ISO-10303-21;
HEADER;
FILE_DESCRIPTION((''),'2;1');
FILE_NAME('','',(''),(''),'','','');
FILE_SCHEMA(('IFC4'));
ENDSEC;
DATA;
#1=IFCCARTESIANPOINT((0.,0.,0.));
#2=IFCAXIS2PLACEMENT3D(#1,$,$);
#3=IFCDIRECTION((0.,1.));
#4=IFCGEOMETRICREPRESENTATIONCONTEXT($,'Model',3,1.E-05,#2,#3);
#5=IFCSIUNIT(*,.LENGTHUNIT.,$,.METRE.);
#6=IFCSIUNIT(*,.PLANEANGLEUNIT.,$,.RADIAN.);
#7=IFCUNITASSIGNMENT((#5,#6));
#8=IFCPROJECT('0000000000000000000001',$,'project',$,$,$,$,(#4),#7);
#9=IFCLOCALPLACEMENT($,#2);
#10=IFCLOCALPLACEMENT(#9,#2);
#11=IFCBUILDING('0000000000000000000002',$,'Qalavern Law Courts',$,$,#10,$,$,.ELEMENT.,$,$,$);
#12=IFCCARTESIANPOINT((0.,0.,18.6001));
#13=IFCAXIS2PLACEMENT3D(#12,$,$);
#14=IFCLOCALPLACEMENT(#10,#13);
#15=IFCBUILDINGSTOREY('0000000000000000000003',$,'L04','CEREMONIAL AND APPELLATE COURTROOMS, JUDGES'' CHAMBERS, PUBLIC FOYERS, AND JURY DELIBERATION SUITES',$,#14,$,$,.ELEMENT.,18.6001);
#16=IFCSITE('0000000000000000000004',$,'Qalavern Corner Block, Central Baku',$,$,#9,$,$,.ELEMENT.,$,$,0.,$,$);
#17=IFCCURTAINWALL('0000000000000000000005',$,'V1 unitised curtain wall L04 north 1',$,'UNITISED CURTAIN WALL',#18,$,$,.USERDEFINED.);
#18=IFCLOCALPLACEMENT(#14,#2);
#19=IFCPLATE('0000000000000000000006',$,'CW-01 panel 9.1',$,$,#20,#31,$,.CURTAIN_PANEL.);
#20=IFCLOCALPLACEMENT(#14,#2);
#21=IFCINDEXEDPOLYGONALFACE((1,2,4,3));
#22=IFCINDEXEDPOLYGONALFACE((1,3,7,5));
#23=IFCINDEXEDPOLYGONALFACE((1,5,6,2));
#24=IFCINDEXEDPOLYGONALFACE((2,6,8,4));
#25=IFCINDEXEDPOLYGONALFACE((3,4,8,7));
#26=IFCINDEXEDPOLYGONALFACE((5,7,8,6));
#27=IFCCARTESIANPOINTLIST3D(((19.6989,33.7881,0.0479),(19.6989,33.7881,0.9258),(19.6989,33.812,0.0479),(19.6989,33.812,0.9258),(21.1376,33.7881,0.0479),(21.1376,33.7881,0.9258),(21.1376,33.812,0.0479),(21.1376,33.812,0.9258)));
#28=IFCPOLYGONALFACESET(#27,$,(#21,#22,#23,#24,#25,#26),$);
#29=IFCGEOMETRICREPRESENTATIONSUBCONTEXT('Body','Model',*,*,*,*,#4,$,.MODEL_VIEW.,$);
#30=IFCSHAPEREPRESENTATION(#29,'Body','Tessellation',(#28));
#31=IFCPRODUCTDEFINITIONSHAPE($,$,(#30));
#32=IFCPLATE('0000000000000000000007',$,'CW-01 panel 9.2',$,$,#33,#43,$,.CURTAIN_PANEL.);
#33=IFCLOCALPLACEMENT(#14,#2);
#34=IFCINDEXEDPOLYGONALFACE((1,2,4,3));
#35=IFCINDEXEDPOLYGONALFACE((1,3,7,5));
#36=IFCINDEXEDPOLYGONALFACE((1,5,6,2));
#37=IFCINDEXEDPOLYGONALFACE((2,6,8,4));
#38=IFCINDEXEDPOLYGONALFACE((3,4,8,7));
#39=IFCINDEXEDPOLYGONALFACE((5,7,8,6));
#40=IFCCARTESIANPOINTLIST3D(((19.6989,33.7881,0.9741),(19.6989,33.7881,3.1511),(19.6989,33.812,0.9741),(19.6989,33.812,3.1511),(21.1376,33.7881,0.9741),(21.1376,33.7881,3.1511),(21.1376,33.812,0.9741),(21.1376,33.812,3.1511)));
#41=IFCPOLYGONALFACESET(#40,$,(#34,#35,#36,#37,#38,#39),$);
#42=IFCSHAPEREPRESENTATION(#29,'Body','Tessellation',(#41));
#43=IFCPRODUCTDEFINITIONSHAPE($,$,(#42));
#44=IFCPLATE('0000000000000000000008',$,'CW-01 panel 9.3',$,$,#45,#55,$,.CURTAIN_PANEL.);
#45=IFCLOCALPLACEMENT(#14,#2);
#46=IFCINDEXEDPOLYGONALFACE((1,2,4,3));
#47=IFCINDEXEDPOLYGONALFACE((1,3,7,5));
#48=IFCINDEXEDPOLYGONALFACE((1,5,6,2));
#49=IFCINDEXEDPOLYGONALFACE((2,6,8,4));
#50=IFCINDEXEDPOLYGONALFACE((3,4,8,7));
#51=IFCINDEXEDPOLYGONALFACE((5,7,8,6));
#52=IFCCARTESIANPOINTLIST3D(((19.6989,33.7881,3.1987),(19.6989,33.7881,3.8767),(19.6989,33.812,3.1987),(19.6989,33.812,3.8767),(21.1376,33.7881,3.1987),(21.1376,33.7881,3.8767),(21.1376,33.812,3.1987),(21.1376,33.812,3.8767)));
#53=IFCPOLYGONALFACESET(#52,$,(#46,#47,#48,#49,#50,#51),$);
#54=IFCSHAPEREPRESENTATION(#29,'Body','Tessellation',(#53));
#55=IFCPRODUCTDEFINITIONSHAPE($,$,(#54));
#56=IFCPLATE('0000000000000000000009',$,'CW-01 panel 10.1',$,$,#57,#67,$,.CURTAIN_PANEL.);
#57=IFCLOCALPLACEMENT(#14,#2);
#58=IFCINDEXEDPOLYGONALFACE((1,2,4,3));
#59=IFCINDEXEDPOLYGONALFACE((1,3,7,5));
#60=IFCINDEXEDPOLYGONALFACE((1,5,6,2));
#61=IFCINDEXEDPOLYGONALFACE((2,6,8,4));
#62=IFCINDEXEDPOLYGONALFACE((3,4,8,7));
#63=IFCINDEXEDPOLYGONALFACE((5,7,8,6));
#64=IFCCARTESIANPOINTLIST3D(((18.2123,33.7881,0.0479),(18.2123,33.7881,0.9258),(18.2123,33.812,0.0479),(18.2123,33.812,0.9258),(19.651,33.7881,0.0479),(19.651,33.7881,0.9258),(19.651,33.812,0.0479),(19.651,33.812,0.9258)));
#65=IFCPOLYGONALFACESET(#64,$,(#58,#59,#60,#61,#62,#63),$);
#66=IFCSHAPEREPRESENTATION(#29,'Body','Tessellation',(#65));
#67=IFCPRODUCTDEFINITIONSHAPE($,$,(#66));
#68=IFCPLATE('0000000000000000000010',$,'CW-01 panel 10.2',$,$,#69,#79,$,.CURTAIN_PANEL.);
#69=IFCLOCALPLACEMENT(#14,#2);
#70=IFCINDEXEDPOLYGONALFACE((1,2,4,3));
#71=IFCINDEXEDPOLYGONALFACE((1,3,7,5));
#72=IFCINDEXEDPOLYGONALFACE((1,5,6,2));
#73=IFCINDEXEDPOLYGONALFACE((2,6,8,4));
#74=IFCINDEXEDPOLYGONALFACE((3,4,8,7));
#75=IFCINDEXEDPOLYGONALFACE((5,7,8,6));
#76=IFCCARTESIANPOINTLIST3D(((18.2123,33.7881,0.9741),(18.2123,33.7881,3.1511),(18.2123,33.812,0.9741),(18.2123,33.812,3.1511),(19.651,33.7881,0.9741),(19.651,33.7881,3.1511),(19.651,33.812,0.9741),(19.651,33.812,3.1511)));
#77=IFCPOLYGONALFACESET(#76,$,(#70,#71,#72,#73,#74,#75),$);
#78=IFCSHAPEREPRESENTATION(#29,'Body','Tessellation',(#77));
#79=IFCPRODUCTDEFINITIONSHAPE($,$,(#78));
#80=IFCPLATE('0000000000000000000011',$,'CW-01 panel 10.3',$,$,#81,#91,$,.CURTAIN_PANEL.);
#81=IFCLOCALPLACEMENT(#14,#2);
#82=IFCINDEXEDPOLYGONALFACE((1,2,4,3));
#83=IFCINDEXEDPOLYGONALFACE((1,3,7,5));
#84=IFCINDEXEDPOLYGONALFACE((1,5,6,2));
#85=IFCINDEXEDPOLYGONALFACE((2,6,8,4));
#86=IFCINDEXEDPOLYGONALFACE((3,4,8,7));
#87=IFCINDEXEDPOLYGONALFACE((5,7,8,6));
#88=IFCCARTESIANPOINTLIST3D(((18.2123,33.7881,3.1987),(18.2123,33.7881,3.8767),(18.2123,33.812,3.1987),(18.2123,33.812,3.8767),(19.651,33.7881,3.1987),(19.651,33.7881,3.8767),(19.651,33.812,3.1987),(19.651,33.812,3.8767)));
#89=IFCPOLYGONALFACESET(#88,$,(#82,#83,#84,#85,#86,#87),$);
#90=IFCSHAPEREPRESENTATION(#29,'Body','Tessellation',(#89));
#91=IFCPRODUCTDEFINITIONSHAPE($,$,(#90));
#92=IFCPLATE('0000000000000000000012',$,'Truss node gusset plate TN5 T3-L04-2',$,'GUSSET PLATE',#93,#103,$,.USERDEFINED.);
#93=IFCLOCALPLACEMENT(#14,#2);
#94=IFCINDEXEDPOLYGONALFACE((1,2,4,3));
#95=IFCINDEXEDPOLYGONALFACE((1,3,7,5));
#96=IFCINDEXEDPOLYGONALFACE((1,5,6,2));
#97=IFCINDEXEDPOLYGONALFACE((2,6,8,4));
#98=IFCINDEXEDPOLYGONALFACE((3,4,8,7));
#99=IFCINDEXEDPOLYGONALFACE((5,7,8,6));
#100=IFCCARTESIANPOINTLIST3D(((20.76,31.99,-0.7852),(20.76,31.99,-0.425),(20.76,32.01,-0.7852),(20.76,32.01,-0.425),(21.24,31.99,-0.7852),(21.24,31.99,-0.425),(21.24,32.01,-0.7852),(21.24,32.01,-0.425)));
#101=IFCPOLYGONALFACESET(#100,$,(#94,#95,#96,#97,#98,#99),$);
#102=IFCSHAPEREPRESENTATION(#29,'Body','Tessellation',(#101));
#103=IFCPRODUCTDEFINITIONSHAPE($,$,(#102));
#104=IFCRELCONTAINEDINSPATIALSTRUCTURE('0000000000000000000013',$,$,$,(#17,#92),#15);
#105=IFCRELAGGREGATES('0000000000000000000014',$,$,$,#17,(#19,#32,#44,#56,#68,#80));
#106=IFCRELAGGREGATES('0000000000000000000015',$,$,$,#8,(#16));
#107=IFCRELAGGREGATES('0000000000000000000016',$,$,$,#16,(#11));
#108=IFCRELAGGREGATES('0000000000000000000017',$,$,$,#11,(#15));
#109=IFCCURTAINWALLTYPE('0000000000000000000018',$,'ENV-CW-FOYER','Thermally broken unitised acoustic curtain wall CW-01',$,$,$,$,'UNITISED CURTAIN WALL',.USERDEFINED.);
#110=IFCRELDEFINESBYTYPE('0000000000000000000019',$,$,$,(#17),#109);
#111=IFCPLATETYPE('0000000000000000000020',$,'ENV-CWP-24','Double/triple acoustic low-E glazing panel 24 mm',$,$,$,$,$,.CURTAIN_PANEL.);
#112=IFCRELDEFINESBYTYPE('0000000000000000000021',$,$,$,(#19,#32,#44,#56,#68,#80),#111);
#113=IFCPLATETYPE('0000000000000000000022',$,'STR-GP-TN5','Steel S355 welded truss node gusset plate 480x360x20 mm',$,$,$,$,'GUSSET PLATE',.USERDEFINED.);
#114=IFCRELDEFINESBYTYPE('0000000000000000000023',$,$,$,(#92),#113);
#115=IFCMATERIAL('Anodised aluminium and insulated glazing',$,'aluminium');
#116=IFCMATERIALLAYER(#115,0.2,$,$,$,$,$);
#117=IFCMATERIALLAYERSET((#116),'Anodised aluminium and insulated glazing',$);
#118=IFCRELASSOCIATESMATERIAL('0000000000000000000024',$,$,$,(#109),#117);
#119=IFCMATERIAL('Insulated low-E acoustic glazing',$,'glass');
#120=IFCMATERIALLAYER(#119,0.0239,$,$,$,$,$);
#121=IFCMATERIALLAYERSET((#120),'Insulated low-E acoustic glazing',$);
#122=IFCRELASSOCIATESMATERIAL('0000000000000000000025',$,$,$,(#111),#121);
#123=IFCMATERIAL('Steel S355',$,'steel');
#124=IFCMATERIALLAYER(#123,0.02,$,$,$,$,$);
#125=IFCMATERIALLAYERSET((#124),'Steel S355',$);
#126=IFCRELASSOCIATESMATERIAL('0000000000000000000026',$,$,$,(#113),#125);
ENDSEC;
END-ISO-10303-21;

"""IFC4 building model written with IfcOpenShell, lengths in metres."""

from ifc_helpers import new_model, si_unit, direction, frame, origin, origin_2d, place, context, subcontext, project, spatial, rectangle, extrude, material, layer, layer_set, type_object, element, aggregate, save


model = new_model("IFC4")

# Units and contexts
model_context = context("Model", 3, precision=1e-05, world=origin(), true_north=direction((0.0, 1.0)))
body_context = subcontext(model_context, "Body", "Model", "MODEL_VIEW")
ifc_project = project(units=[si_unit("LENGTHUNIT", "METRE"), si_unit("PLANEANGLEUNIT", "RADIAN")], contexts=[model_context])

# Site, building, storey
site_placement = place(None, origin())
site = spatial("IfcSite", under=ifc_project, at=site_placement, Name="Qalavern Corner Block, Central Baku", CompositionType="ELEMENT", RefElevation=0.0)
building_placement = place(site_placement, origin())
building = spatial("IfcBuilding", under=site, at=building_placement, Name="Qalavern Law Courts", CompositionType="ELEMENT")
storey_placement = place(building_placement, frame((0.0, 0.0, 18.6001)))
storey = spatial("IfcBuildingStorey", under=building, at=storey_placement, Name="L04", Description="CEREMONIAL AND APPELLATE COURTROOMS, JUDGES' CHAMBERS, PUBLIC FOYERS, AND JURY DELIBERATION SUITES", CompositionType="ELEMENT", Elevation=18.6001)

# Curtain wall
ifc_material_1 = material(Name="Anodised aluminium and insulated glazing", Category="aluminium")
ifc_layer_1 = layer(ifc_material_1, 0.2)
ifc_layer_set_1 = layer_set([ifc_layer_1], Name="Anodised aluminium and insulated glazing")
curtain_wall_type = type_object("IfcCurtainWallType", Name="ENV-CW-FOYER", Description="Thermally broken unitised acoustic curtain wall CW-01", ElementType="UNITISED CURTAIN WALL", PredefinedType="USERDEFINED", material=ifc_layer_set_1)
curtain_wall_placement = place(storey_placement, origin())
curtain_wall = element("IfcCurtainWall", 1, at=curtain_wall_placement, inside=storey, type_object=curtain_wall_type, Name="V1 unitised curtain wall L04 north 1", ObjectType="UNITISED CURTAIN WALL", PredefinedType="USERDEFINED")

# Shared definitions
ifc_material_2 = material(Name="Steel S355", Category="steel")

# Plates
ifc_material_3 = material(Name="Insulated low-E acoustic glazing", Category="glass")
ifc_layer_2 = layer(ifc_material_3, 0.0239)
ifc_layer_set_2 = layer_set([ifc_layer_2], Name="Insulated low-E acoustic glazing")
plate_type_1 = type_object("IfcPlateType", Name="ENV-CWP-24", Description="Double/triple acoustic low-E glazing panel 24 mm", PredefinedType="CURTAIN_PANEL", material=ifc_layer_set_2)
plate_1_placement = place(storey_placement, frame((20.4182, 33.8, 0.0479), z_axis=(0.0, 0.0, 1.0), x_axis=(-1.0, 0.0, 0.0)))
plate_1 = element("IfcPlate", 2, at=plate_1_placement, type_object=plate_type_1, Name="CW-01 panel 9.1", PredefinedType="CURTAIN_PANEL", context=body_context, shape_type="SweptSolid", body=[
    extrude(rectangle(XDim=1.4387, YDim=0.0239, at=origin_2d()), origin(), (0.0, 0.0, 1.0), 0.8779),
])
plate_2_placement = place(storey_placement, frame((20.4182, 33.8, 0.9741), z_axis=(0.0, 0.0, 1.0), x_axis=(-1.0, 0.0, 0.0)))
plate_2 = element("IfcPlate", 3, at=plate_2_placement, type_object=plate_type_1, Name="CW-01 panel 9.2", PredefinedType="CURTAIN_PANEL", context=body_context, shape_type="SweptSolid", body=[
    extrude(rectangle(XDim=1.4387, YDim=0.0239, at=origin_2d()), origin(), (0.0, 0.0, 1.0), 2.177),
])
plate_3_placement = place(storey_placement, frame((20.4182, 33.8, 3.1987), z_axis=(0.0, 0.0, 1.0), x_axis=(-1.0, 0.0, 0.0)))
plate_3 = element("IfcPlate", 4, at=plate_3_placement, type_object=plate_type_1, Name="CW-01 panel 9.3", PredefinedType="CURTAIN_PANEL", context=body_context, shape_type="SweptSolid", body=[
    extrude(rectangle(XDim=1.4387, YDim=0.0239, at=origin_2d()), origin(), (0.0, 0.0, 1.0), 0.678),
])
plate_4_placement = place(storey_placement, frame((18.9316, 33.8, 0.0479), z_axis=(0.0, 0.0, 1.0), x_axis=(-1.0, 0.0, 0.0)))
plate_4 = element("IfcPlate", 5, at=plate_4_placement, type_object=plate_type_1, Name="CW-01 panel 10.1", PredefinedType="CURTAIN_PANEL", context=body_context, shape_type="SweptSolid", body=[
    extrude(rectangle(XDim=1.4387, YDim=0.0239, at=origin_2d()), origin(), (0.0, 0.0, 1.0), 0.8779),
])
plate_5_placement = place(storey_placement, frame((18.9316, 33.8, 0.9741), z_axis=(0.0, 0.0, 1.0), x_axis=(-1.0, 0.0, 0.0)))
plate_5 = element("IfcPlate", 6, at=plate_5_placement, type_object=plate_type_1, Name="CW-01 panel 10.2", PredefinedType="CURTAIN_PANEL", context=body_context, shape_type="SweptSolid", body=[
    extrude(rectangle(XDim=1.4387, YDim=0.0239, at=origin_2d()), origin(), (0.0, 0.0, 1.0), 2.177),
])
plate_6_placement = place(storey_placement, frame((18.9316, 33.8, 3.1987), z_axis=(0.0, 0.0, 1.0), x_axis=(-1.0, 0.0, 0.0)))
plate_6 = element("IfcPlate", 7, at=plate_6_placement, type_object=plate_type_1, Name="CW-01 panel 10.3", PredefinedType="CURTAIN_PANEL", context=body_context, shape_type="SweptSolid", body=[
    extrude(rectangle(XDim=1.4387, YDim=0.0239, at=origin_2d()), origin(), (0.0, 0.0, 1.0), 0.678),
])
aggregate(curtain_wall, [plate_1, plate_2, plate_3, plate_4, plate_5, plate_6])
ifc_layer_3 = layer(ifc_material_2, 0.02)
ifc_layer_set_3 = layer_set([ifc_layer_3], Name="Steel S355")
plate_type_2 = type_object("IfcPlateType", Name="STR-GP-TN5", Description="Steel S355 welded truss node gusset plate 480x360x20 mm", ElementType="GUSSET PLATE", PredefinedType="USERDEFINED", material=ifc_layer_set_3)
plate_7_placement = place(storey_placement, frame((21.0, 32.0, -0.7852), z_axis=(0.0, 0.0, 1.0), x_axis=(1.0, 0.0, 0.0)))
element("IfcPlate", 8, at=plate_7_placement, inside=storey, type_object=plate_type_2, Name="Truss node gusset plate TN5 T3-L04-2", ObjectType="GUSSET PLATE", PredefinedType="USERDEFINED", context=body_context, shape_type="SweptSolid", body=[
    extrude(rectangle(XDim=0.48, YDim=0.02, at=origin_2d()), origin(), (0.0, 0.0, 1.0), 0.3601),
])

save(model, "model.ifc")
